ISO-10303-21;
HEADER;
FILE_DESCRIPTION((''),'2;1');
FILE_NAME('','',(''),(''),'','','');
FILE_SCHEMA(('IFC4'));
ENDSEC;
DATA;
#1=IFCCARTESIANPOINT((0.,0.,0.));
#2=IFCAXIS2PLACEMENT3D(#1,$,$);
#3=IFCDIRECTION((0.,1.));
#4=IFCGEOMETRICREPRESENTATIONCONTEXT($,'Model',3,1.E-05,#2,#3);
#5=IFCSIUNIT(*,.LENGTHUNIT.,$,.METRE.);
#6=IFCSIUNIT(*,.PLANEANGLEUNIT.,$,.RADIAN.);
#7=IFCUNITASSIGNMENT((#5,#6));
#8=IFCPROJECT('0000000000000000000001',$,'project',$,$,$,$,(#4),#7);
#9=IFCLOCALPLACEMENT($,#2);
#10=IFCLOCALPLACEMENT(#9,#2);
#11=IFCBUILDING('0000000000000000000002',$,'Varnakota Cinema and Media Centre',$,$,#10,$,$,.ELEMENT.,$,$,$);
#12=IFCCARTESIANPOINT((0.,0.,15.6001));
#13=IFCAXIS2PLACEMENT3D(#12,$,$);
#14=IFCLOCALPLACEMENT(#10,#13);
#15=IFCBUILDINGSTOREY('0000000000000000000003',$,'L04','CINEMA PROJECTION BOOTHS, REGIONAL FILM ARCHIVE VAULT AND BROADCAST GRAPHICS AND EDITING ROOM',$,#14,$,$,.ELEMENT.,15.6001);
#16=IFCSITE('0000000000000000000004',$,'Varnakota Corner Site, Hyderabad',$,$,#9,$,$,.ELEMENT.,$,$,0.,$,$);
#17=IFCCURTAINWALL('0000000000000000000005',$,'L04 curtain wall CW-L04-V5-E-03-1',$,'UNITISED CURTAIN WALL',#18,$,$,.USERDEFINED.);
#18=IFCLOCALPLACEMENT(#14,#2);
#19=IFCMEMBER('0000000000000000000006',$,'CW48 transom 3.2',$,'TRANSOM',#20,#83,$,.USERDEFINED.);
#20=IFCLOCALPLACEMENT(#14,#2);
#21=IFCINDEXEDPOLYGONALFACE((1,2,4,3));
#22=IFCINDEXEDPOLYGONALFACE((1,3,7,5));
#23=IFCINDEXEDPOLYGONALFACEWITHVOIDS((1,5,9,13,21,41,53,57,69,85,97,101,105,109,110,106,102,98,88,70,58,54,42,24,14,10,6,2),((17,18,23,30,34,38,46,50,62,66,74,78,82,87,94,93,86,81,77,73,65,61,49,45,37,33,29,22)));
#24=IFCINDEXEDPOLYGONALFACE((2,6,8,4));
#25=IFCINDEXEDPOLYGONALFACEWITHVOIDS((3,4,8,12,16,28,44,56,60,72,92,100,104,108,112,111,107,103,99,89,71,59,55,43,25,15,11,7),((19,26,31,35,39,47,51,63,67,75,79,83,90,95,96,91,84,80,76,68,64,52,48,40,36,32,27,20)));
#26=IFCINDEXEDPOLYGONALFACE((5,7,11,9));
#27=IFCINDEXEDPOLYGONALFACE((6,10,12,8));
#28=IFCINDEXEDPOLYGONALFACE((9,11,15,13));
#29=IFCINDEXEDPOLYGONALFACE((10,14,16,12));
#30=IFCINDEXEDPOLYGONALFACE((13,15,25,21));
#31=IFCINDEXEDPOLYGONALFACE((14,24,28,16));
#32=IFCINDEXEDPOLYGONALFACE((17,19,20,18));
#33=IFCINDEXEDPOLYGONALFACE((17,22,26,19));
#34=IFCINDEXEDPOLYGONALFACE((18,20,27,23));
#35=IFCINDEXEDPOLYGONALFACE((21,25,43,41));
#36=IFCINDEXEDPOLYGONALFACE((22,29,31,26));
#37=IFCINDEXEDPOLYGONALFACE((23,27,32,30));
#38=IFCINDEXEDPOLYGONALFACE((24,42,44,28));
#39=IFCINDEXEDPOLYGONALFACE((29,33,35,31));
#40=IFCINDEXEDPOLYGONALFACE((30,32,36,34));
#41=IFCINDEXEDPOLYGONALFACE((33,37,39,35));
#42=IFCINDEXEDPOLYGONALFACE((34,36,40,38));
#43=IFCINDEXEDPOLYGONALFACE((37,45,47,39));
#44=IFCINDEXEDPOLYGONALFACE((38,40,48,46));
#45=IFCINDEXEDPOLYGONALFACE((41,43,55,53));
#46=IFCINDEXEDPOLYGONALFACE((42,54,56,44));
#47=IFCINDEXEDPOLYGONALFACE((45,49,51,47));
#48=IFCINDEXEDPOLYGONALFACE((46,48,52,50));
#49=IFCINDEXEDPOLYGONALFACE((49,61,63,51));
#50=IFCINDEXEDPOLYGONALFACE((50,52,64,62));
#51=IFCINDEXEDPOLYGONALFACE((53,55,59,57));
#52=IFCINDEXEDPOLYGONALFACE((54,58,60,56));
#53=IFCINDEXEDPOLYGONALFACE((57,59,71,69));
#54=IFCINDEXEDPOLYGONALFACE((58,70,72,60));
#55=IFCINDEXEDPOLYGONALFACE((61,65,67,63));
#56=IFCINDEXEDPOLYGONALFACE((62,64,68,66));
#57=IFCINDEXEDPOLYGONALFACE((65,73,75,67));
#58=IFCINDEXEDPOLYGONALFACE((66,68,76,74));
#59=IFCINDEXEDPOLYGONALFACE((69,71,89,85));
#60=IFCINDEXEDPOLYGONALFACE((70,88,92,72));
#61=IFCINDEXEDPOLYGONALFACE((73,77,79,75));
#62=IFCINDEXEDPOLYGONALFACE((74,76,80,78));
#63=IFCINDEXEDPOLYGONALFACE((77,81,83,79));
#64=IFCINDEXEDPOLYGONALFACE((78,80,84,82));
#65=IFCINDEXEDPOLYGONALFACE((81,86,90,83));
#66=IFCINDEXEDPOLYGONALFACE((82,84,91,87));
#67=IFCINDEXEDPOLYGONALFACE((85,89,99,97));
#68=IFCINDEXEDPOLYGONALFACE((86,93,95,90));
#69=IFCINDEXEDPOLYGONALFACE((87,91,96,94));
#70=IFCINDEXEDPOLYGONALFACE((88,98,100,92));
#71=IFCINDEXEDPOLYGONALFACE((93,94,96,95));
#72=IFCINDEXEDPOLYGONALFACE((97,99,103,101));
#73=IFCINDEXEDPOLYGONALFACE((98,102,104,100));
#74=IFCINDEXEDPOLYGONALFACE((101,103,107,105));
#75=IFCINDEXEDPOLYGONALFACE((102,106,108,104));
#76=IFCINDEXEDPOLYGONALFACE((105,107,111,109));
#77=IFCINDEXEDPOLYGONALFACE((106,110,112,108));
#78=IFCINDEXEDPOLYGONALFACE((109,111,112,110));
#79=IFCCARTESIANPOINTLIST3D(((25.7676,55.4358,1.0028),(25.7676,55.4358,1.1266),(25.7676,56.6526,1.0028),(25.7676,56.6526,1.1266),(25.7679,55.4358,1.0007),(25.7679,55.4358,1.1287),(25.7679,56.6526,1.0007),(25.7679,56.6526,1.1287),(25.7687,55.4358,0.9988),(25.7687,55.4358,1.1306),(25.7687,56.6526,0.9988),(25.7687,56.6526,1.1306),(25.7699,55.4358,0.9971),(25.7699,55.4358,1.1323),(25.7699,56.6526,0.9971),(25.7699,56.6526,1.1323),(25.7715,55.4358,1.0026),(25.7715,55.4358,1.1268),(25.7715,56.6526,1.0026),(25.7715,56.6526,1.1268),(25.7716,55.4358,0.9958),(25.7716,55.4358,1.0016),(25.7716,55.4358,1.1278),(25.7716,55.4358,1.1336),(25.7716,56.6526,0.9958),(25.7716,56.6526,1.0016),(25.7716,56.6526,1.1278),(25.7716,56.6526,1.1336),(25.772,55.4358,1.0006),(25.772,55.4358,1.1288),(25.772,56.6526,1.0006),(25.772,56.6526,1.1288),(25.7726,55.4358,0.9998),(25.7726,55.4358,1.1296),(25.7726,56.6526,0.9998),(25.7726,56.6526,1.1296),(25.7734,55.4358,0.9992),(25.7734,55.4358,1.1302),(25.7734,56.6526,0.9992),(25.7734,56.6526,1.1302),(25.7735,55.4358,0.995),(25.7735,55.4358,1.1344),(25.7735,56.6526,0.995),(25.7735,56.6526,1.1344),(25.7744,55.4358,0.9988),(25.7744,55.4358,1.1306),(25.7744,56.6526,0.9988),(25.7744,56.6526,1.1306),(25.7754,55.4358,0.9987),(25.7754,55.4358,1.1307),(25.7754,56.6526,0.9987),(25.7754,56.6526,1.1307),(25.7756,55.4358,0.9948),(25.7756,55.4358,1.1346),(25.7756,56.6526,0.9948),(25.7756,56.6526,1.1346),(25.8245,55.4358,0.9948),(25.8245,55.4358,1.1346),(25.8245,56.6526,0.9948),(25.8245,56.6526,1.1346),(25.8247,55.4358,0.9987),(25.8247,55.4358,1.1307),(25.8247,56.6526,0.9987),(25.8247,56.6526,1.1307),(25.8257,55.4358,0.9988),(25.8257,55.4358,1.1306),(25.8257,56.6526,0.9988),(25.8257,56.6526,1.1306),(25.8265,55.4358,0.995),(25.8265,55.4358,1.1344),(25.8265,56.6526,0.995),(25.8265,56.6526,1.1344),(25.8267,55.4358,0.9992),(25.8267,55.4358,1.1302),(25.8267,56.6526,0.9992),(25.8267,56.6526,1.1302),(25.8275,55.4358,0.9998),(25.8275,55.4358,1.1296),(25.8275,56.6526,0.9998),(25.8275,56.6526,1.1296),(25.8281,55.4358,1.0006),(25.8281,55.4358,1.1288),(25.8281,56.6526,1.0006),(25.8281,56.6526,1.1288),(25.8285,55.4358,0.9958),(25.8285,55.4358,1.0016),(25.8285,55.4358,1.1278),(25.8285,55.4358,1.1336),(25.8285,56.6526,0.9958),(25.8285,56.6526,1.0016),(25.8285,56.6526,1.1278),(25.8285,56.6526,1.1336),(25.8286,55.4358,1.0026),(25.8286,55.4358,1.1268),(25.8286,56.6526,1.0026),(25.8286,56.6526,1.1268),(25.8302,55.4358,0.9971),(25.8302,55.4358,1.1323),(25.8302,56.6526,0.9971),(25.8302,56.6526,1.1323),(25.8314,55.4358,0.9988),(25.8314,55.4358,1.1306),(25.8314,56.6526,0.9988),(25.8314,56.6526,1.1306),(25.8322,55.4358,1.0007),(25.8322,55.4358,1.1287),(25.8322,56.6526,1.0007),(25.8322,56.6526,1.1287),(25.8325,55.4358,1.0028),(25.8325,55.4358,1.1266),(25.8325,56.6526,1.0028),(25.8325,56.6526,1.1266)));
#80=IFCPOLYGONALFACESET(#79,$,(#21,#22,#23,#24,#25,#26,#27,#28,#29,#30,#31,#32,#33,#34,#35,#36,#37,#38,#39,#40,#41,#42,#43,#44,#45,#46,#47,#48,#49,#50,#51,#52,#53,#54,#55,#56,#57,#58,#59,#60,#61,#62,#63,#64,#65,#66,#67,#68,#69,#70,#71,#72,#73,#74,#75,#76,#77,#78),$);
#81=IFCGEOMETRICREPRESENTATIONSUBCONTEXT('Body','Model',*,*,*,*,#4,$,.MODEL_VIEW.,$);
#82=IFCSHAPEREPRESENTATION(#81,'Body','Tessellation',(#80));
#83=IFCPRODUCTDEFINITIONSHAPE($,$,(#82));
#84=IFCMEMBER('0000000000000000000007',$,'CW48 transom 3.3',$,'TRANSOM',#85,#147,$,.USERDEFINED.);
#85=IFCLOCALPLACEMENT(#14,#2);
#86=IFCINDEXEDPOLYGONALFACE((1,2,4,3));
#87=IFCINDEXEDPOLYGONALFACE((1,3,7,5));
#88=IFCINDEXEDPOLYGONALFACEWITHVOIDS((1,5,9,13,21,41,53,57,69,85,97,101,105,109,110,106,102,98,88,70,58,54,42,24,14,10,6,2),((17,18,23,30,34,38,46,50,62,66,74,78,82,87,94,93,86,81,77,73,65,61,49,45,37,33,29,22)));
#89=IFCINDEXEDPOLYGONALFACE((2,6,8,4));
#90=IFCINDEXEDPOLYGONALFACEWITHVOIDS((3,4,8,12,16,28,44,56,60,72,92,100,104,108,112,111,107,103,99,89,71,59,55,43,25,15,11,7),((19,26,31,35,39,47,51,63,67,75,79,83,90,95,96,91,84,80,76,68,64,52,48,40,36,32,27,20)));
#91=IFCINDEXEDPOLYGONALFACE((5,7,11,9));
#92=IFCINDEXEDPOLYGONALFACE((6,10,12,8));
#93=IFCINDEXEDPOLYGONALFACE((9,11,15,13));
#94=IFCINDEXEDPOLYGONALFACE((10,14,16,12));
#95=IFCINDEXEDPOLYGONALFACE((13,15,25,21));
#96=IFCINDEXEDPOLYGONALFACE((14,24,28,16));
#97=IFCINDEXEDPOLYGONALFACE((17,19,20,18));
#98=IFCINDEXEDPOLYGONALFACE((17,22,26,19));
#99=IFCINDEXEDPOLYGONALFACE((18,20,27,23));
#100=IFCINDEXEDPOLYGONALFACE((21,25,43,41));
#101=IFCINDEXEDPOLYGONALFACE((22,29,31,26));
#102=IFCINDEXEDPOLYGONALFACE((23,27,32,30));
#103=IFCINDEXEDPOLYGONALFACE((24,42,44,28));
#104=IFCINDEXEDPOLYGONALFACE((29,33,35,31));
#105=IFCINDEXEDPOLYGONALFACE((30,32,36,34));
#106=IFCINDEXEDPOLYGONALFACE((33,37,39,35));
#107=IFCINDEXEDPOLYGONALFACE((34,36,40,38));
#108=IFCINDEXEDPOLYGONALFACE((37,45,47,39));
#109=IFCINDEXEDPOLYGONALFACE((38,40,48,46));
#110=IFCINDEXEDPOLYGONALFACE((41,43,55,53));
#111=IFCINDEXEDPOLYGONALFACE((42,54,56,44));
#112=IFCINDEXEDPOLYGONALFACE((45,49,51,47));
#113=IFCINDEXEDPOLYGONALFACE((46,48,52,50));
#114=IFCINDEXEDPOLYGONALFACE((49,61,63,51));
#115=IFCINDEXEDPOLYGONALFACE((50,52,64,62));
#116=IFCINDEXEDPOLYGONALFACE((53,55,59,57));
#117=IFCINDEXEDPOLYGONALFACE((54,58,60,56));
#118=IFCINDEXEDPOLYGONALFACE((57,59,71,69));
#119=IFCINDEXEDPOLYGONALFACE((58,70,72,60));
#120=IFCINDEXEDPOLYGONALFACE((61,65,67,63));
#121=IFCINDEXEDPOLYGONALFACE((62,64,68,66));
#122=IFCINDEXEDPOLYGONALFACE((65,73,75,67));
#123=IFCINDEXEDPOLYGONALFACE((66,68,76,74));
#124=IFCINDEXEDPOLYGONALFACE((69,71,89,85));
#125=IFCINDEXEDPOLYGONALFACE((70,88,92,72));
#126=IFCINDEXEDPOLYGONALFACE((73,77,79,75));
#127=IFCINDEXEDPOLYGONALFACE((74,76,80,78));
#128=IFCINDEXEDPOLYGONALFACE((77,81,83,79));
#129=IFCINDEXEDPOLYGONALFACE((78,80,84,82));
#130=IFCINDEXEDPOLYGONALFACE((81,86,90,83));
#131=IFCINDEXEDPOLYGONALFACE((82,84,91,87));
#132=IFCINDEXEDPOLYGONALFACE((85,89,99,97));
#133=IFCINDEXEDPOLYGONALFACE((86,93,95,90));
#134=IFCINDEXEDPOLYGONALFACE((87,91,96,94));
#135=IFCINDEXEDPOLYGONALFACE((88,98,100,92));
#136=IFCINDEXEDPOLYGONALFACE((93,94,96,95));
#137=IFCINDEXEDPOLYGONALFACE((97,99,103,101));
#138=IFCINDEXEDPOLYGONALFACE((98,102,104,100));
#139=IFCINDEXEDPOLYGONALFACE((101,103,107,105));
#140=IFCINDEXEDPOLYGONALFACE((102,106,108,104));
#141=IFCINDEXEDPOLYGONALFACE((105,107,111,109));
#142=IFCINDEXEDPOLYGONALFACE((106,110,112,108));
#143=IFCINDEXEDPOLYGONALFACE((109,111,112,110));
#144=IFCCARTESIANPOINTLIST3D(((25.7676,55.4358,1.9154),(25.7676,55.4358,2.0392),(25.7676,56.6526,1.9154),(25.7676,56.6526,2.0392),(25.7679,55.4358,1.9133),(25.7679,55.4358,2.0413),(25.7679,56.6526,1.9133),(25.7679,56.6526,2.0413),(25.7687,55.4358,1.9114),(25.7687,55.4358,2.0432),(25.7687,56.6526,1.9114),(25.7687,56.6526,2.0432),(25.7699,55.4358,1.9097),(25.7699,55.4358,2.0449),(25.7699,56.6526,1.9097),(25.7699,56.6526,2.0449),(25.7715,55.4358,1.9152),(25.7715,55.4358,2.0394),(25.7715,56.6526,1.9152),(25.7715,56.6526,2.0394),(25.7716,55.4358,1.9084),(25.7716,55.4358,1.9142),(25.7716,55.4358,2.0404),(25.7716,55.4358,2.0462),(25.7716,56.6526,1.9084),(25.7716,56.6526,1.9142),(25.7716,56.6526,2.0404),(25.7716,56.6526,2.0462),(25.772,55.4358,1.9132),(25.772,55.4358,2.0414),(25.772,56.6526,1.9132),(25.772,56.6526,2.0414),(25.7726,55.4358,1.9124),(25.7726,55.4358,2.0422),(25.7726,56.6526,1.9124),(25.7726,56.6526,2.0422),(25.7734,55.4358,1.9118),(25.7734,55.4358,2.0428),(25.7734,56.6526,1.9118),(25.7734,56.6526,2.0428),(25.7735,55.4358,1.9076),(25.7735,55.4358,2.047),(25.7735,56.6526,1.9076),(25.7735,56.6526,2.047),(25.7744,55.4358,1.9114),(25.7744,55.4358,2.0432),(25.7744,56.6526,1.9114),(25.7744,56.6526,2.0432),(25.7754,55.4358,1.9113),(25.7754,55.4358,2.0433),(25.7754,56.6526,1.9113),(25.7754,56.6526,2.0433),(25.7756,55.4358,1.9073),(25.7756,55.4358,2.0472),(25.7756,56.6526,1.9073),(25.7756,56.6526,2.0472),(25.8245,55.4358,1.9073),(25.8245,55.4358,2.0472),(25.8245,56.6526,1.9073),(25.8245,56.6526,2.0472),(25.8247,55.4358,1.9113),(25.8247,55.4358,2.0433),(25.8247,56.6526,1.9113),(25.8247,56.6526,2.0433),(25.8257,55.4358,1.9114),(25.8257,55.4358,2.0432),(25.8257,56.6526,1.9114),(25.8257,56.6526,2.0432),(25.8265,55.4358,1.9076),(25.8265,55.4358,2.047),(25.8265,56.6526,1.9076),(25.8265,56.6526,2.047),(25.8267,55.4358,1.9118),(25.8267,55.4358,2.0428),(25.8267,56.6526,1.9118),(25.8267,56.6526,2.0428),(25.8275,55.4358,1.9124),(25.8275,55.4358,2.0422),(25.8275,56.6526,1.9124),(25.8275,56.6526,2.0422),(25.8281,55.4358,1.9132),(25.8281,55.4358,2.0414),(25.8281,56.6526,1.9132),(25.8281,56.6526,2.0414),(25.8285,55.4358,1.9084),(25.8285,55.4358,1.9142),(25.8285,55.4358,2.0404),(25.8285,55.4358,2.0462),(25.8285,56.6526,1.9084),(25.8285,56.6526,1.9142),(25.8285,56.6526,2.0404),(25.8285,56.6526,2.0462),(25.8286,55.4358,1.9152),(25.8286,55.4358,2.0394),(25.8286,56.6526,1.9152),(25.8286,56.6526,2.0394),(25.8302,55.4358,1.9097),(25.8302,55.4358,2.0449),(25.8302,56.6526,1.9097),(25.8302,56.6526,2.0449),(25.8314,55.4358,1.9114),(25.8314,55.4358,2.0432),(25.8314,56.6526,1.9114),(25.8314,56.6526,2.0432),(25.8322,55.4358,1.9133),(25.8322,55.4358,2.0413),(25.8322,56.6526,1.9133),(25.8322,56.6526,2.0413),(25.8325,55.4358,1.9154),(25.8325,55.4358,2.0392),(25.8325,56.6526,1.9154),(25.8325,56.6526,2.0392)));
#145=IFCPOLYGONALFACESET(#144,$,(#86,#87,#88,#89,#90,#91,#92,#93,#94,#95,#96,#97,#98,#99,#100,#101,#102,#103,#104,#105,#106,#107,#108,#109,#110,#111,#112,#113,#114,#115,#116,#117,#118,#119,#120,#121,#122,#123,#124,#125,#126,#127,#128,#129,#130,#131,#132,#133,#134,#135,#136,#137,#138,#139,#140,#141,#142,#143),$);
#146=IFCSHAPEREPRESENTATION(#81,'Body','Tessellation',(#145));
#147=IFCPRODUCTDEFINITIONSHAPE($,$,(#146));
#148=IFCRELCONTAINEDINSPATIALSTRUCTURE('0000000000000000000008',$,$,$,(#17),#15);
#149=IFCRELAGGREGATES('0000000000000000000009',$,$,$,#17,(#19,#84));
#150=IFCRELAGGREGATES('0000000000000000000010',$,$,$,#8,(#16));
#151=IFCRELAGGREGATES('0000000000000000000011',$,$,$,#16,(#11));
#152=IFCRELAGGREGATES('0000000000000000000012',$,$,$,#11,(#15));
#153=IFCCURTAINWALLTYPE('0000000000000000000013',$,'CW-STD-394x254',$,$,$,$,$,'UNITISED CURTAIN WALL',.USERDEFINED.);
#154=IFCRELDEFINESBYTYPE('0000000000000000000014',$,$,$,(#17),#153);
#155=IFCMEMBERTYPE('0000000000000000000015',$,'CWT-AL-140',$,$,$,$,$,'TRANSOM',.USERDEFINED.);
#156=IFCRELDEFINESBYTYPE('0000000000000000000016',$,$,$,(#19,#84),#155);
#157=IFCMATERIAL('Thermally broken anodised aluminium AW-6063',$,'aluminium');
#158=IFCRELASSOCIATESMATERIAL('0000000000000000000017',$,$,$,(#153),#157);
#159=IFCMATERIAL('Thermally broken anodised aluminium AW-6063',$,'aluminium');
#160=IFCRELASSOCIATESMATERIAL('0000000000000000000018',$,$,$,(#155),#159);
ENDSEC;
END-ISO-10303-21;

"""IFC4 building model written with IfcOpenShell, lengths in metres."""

from ifc_helpers import new_model, si_unit, direction, frame, origin, origin_2d, place, context, subcontext, project, spatial, hollow_rectangle, extrude, material, material_profile, profile_set, type_object, element, aggregate, save


model = new_model("IFC4")

# Units and contexts
model_context = context("Model", 3, precision=1e-05, world=origin(), true_north=direction((0.0, 1.0)))
body_context = subcontext(model_context, "Body", "Model", "MODEL_VIEW")
ifc_project = project(units=[si_unit("LENGTHUNIT", "METRE"), si_unit("PLANEANGLEUNIT", "RADIAN")], contexts=[model_context])

# Site, building, storey
site_placement = place(None, origin())
site = spatial("IfcSite", under=ifc_project, at=site_placement, Name="Varnakota Corner Site, Hyderabad", CompositionType="ELEMENT", RefElevation=0.0)
building_placement = place(site_placement, origin())
building = spatial("IfcBuilding", under=site, at=building_placement, Name="Varnakota Cinema and Media Centre", CompositionType="ELEMENT")
storey_placement = place(building_placement, frame((0.0, 0.0, 15.6001)))
storey = spatial("IfcBuildingStorey", under=building, at=storey_placement, Name="L04", Description="CINEMA PROJECTION BOOTHS, REGIONAL FILM ARCHIVE VAULT AND BROADCAST GRAPHICS AND EDITING ROOM", CompositionType="ELEMENT", Elevation=15.6001)

# Curtain wall
ifc_material_1 = material(Name="Thermally broken anodised aluminium AW-6063", Category="aluminium")
curtain_wall_type = type_object("IfcCurtainWallType", Name="CW-STD-394x254", ElementType="UNITISED CURTAIN WALL", PredefinedType="USERDEFINED", material=ifc_material_1)
curtain_wall_1_placement = place(storey_placement, origin())
curtain_wall_1 = element("IfcCurtainWall", 1, at=curtain_wall_1_placement, inside=storey, type_object=curtain_wall_type, Name="L04 curtain wall CW-L04-V5-E-03-1", ObjectType="UNITISED CURTAIN WALL", PredefinedType="USERDEFINED")

# Members
ifc_material_2 = material(Name="Thermally broken anodised aluminium AW-6063", Category="aluminium")
ifc_material_profile_1 = material_profile(ifc_material_2, hollow_rectangle(XDim=0.0649, YDim=0.1399, WallThickness=0.0039, InnerFilletRadius=0.0039, OuterFilletRadius=0.0081, at=origin_2d()), Name="AL-TRANSOM 140x65x4")
ifc_profile_set_1 = profile_set([ifc_material_profile_1], Name="Thermally broken anodised aluminium AW-6063")
member_type_1 = type_object("IfcMemberType", Name="CWT-AL-140", ElementType="TRANSOM", PredefinedType="USERDEFINED", material=ifc_profile_set_1)
member_1_placement = place(storey_placement, frame((25.8, 55.4358, 1.0647), z_axis=(0.0, 1.0, 0.0), x_axis=(-1.0, 0.0, 0.0)))
member_1 = element("IfcMember", 2, at=member_1_placement, type_object=member_type_1, Name="CW48 transom 3.2", ObjectType="TRANSOM", PredefinedType="USERDEFINED", context=body_context, shape_type="SweptSolid", body=[
    extrude(hollow_rectangle(XDim=0.0649, YDim=0.1399, WallThickness=0.0039, InnerFilletRadius=0.0039, OuterFilletRadius=0.0081, at=origin_2d()), origin(), (0.0, 0.0, 1.0), 1.2168),
])
member_2_placement = place(storey_placement, frame((25.8, 55.4358, 1.9773), z_axis=(0.0, 1.0, 0.0), x_axis=(-1.0, 0.0, 0.0)))
member_2 = element("IfcMember", 3, at=member_2_placement, type_object=member_type_1, Name="CW48 transom 3.3", ObjectType="TRANSOM", PredefinedType="USERDEFINED", context=body_context, shape_type="SweptSolid", body=[
    extrude(hollow_rectangle(XDim=0.0649, YDim=0.1399, WallThickness=0.0039, InnerFilletRadius=0.0039, OuterFilletRadius=0.0081, at=origin_2d()), origin(), (0.0, 0.0, 1.0), 1.2168),
])

aggregate(curtain_wall_1, [member_1, member_2])

save(model, "model.ifc")
